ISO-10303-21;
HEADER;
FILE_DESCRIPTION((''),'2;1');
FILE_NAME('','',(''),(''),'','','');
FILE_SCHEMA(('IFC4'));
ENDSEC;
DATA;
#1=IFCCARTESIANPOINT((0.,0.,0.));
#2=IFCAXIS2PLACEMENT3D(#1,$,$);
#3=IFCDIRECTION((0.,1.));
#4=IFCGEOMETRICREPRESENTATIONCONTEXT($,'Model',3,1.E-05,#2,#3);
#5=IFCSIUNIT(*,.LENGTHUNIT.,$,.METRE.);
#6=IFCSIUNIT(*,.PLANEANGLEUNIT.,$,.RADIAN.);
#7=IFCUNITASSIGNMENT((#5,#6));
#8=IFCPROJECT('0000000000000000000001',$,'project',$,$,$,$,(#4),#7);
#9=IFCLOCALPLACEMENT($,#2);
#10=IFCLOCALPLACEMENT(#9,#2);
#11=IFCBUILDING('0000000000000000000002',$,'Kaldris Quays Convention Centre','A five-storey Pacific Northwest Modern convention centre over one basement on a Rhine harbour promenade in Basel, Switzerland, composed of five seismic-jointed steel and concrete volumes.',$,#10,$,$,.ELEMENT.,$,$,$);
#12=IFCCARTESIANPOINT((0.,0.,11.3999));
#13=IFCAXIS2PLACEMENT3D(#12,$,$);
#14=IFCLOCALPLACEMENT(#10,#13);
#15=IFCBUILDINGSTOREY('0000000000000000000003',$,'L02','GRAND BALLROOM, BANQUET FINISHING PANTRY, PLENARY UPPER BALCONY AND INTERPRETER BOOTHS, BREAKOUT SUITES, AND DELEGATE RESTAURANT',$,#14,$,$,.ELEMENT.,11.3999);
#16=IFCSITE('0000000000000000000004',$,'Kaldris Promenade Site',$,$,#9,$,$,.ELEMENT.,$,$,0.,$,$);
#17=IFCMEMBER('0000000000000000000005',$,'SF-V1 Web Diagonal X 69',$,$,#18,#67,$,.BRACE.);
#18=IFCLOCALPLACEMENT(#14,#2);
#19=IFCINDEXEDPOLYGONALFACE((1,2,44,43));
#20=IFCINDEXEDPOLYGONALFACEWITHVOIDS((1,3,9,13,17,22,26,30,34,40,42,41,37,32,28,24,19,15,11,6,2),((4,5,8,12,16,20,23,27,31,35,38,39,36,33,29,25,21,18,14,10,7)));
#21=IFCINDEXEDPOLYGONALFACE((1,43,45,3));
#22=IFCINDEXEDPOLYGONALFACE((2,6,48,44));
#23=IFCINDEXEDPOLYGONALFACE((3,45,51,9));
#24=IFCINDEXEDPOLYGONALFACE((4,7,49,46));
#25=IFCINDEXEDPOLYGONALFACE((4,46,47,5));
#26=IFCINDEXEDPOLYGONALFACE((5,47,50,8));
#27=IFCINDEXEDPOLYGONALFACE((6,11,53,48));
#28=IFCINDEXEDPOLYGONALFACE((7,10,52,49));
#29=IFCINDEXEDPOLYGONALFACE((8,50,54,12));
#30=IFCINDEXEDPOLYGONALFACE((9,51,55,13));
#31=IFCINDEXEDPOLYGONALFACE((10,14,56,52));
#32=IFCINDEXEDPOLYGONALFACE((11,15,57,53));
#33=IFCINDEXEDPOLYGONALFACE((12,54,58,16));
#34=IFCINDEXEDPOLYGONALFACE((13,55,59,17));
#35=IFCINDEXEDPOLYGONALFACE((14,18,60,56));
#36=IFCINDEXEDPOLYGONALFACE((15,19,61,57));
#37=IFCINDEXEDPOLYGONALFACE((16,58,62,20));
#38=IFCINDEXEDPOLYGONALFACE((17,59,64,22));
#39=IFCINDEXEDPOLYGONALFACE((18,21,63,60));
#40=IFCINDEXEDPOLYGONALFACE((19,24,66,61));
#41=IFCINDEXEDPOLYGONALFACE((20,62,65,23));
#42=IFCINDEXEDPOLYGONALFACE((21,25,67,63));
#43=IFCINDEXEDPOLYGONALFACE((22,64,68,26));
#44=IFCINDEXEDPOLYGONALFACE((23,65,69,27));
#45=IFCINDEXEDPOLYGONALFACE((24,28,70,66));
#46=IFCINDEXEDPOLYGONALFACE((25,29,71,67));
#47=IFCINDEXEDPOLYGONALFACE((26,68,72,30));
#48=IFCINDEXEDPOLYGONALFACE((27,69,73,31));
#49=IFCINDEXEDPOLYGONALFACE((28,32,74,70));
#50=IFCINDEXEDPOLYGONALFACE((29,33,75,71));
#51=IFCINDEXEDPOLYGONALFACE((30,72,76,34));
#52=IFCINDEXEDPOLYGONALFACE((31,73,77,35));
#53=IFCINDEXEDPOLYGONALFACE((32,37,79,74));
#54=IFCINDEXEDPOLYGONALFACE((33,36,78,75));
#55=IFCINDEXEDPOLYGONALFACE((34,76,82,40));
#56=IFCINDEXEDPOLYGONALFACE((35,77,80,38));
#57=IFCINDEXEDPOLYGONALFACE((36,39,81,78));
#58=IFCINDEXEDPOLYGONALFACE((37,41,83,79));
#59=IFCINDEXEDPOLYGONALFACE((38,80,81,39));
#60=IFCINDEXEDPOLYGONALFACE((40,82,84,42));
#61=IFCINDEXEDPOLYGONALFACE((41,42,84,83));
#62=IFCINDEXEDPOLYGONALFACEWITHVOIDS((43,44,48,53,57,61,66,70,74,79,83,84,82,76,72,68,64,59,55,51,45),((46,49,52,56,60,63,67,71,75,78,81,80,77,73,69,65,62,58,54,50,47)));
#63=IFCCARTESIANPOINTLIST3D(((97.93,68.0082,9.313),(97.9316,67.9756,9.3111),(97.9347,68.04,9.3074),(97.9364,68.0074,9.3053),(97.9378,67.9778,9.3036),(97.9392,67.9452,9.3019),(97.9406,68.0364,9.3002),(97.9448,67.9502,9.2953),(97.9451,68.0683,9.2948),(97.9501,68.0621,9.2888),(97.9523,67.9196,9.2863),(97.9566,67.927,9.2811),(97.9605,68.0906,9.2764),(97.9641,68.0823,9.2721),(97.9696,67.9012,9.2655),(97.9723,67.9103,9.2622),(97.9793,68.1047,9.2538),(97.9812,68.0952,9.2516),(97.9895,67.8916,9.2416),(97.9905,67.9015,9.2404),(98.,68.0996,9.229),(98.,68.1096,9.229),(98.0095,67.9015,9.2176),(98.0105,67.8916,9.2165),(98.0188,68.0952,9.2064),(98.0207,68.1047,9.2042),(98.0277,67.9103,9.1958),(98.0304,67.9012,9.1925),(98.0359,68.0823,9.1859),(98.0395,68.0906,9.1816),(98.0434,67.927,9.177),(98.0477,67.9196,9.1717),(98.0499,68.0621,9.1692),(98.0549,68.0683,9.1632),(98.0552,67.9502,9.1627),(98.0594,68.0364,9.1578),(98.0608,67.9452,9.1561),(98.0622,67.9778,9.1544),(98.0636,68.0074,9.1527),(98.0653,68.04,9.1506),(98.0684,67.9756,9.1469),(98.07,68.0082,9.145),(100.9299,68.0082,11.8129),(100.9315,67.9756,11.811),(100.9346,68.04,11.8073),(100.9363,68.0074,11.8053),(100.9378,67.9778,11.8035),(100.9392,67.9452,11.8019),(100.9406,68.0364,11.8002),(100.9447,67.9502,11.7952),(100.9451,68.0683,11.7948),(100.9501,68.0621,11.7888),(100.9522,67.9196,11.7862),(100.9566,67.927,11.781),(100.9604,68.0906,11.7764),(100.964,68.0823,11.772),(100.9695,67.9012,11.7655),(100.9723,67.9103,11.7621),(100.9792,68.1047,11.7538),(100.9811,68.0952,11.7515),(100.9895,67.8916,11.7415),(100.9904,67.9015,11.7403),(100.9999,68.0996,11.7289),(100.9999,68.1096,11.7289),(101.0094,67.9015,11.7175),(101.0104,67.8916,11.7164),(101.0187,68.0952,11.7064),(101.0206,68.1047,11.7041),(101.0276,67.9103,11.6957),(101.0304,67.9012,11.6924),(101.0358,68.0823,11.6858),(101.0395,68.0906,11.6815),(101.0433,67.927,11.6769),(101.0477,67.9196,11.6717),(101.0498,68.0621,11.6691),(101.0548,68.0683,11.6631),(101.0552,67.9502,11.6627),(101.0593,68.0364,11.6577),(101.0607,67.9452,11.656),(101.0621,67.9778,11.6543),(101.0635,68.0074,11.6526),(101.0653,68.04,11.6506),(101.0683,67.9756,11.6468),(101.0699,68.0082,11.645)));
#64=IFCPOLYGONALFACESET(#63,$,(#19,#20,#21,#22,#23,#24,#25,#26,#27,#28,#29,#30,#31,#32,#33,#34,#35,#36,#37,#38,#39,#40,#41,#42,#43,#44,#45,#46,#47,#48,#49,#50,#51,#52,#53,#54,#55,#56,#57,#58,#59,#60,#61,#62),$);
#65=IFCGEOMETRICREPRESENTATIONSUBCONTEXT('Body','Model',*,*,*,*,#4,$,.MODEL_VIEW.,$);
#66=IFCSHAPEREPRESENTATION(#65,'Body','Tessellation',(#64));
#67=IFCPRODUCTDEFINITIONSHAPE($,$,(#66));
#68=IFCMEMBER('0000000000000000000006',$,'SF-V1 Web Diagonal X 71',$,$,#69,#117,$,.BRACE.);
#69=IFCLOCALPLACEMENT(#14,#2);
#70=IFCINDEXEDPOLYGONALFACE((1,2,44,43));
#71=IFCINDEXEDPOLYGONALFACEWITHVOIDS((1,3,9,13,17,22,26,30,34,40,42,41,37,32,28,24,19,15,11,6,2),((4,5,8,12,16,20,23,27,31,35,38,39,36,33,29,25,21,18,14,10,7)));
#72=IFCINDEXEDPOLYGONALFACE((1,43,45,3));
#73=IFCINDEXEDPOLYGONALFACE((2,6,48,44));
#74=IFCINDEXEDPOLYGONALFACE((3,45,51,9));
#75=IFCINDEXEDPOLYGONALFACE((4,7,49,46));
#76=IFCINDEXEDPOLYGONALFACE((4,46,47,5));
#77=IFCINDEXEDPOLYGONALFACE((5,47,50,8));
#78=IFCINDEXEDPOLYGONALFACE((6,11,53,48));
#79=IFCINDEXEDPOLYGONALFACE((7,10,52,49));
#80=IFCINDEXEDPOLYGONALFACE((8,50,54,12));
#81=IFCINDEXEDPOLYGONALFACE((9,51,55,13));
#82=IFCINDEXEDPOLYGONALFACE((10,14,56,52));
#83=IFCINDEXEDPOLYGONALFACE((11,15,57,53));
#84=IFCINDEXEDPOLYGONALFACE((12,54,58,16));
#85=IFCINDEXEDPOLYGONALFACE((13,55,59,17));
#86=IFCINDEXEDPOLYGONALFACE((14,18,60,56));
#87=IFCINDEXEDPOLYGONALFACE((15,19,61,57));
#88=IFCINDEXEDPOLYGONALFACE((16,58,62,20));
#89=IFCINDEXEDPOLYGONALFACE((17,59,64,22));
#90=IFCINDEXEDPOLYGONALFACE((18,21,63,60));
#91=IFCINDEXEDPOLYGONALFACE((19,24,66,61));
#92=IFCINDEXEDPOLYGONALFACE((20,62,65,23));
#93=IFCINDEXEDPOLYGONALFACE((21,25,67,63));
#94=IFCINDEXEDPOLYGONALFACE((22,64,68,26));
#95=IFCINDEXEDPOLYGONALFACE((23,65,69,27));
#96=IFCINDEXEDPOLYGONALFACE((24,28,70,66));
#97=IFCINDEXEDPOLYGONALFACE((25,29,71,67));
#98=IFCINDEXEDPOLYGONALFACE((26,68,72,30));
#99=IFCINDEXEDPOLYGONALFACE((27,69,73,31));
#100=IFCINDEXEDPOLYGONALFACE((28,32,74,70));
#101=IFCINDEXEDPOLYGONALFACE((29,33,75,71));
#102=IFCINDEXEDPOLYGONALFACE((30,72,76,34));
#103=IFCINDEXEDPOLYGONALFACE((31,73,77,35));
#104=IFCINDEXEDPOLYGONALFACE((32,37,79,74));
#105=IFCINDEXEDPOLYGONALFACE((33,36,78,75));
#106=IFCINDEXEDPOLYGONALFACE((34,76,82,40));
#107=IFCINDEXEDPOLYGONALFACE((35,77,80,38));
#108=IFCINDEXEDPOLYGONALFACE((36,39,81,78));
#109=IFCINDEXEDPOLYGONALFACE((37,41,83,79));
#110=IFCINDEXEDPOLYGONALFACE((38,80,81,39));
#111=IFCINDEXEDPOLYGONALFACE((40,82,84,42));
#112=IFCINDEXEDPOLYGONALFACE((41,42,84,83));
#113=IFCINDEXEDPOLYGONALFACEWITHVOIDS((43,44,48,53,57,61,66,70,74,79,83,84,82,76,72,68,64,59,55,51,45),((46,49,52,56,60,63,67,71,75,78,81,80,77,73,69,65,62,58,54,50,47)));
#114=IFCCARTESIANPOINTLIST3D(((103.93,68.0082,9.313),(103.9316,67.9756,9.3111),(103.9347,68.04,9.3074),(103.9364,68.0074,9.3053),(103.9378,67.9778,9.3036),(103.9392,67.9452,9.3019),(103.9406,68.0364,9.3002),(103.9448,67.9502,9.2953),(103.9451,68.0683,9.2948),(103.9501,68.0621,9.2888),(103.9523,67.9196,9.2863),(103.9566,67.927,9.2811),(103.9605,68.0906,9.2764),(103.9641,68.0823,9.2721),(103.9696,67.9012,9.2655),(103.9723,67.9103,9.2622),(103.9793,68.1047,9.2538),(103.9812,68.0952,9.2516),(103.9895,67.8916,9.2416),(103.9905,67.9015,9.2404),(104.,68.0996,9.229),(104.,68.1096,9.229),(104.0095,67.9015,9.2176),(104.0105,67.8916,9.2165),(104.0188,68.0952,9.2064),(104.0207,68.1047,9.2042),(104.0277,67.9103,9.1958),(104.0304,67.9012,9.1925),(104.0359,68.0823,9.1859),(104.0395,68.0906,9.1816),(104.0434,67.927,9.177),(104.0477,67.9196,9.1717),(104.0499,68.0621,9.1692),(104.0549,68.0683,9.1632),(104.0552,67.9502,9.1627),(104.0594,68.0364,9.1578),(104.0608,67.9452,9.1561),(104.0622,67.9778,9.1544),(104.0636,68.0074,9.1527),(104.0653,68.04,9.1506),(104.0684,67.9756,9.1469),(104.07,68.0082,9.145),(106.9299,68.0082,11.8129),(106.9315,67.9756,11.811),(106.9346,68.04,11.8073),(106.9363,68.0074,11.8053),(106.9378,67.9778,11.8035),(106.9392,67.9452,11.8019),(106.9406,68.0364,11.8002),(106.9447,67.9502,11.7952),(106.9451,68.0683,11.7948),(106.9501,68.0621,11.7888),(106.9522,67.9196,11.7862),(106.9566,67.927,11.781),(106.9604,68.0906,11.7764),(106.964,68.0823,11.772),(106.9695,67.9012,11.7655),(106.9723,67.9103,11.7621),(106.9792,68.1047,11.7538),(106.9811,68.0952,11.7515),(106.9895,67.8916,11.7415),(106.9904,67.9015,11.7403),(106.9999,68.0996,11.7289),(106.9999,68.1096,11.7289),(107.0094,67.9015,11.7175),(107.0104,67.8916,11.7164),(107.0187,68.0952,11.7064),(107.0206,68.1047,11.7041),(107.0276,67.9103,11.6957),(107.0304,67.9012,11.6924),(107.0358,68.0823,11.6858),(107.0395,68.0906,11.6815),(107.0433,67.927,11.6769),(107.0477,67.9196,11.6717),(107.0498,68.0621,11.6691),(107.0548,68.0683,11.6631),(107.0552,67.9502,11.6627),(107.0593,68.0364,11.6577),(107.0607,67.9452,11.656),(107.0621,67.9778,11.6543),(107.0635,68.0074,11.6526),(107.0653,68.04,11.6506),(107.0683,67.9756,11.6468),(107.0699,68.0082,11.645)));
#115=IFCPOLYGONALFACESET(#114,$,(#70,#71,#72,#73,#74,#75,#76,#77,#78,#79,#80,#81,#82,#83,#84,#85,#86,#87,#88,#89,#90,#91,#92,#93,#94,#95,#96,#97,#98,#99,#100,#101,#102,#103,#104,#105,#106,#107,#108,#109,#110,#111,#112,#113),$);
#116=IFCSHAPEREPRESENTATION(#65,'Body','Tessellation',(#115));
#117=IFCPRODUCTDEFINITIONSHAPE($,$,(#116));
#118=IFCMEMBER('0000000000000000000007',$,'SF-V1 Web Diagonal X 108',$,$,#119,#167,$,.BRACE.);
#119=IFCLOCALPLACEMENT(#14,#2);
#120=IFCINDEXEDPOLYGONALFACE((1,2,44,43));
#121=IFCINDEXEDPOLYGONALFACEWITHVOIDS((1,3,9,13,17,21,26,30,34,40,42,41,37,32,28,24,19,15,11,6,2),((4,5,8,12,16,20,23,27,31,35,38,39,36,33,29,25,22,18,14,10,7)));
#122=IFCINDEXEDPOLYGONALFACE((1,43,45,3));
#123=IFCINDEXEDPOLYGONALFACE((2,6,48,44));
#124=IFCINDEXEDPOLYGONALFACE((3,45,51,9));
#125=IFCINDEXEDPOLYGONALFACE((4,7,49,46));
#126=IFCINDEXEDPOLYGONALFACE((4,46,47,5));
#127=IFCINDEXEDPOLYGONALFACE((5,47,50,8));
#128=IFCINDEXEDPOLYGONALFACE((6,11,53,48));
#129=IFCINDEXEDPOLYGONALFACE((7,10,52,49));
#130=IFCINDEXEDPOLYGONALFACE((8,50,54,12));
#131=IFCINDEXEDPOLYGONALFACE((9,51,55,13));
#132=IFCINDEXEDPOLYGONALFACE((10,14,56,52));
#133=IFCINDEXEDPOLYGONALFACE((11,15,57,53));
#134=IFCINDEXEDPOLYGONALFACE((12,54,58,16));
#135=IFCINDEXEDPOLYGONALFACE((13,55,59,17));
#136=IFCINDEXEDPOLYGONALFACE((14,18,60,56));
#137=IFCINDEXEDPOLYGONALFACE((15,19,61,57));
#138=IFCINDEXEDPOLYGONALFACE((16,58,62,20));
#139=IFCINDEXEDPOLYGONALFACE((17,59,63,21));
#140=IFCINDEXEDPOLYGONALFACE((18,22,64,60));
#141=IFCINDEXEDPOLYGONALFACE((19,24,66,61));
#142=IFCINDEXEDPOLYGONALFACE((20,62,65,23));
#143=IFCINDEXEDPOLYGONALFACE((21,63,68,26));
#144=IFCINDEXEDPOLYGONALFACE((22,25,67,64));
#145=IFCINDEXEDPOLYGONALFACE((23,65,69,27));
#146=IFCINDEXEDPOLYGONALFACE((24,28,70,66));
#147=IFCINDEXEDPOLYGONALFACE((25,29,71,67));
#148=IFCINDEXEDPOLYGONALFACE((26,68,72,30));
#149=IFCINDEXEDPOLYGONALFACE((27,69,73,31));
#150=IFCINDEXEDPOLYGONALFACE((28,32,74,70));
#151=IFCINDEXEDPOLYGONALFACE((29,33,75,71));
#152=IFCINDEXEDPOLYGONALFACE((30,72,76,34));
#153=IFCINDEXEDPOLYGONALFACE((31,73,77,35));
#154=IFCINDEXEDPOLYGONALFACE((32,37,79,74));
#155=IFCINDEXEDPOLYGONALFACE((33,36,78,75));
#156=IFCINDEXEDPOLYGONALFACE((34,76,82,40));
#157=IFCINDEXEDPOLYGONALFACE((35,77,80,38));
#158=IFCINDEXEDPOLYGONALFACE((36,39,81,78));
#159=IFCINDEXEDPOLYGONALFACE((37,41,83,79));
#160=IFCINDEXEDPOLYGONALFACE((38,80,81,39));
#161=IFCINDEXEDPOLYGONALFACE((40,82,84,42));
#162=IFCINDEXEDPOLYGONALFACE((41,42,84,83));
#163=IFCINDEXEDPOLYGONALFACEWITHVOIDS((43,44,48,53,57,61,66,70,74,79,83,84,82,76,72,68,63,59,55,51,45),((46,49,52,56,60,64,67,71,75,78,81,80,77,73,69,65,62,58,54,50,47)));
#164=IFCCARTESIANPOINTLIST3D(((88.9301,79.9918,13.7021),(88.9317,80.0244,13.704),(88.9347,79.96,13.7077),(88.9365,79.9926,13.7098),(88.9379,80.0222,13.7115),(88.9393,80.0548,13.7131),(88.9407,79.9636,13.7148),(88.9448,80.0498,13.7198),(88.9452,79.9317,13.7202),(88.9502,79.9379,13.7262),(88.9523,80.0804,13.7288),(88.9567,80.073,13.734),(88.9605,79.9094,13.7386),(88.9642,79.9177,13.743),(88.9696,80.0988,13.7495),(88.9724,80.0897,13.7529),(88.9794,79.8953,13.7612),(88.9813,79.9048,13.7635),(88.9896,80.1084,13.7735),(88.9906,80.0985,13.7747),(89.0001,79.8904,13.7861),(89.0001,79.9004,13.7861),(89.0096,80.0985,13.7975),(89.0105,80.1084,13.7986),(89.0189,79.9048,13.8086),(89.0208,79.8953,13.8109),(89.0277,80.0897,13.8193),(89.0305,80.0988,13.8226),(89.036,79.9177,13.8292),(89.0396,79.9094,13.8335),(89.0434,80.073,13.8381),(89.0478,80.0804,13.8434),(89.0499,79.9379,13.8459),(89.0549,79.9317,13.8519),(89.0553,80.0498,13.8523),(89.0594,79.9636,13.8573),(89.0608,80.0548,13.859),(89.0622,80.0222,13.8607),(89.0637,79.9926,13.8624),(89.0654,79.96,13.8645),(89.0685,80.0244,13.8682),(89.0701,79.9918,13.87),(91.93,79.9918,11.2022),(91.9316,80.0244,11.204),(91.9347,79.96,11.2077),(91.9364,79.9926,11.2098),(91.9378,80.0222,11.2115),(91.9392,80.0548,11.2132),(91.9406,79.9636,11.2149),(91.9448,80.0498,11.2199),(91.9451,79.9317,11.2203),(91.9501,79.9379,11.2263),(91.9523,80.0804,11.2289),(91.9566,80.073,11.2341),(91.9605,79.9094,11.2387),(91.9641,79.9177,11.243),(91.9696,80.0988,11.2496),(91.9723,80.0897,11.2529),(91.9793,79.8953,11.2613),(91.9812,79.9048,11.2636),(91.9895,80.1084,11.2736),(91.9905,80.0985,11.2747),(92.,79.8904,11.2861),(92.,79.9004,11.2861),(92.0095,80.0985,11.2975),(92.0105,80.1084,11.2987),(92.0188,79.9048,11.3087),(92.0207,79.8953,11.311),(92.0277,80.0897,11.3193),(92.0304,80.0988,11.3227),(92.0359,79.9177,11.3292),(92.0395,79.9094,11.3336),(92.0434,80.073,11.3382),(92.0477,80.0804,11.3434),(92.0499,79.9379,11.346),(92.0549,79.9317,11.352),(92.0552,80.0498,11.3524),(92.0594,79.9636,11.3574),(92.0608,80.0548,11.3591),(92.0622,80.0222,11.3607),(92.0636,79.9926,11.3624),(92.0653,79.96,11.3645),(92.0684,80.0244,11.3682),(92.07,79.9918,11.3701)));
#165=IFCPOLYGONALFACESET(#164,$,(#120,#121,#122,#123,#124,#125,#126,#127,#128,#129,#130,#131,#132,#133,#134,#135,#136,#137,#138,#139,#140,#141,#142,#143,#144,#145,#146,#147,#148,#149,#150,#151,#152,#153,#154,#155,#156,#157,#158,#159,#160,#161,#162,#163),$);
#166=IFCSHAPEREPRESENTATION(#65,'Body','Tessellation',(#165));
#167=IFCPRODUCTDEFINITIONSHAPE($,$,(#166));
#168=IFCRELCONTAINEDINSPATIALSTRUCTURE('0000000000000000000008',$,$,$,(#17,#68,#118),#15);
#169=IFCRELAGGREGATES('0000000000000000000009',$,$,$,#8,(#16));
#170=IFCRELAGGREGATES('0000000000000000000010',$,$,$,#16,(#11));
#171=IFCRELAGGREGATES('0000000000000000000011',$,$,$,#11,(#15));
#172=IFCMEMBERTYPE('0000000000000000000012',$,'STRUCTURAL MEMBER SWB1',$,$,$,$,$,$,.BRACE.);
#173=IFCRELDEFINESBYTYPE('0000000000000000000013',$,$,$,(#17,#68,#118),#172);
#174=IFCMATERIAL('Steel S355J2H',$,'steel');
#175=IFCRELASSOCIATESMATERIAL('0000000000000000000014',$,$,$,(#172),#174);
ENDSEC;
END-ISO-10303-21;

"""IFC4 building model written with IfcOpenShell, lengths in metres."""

from ifc_helpers import new_model, si_unit, direction, frame, origin, origin_2d, place, context, subcontext, project, spatial, hollow_circle, extrude, material, material_profile, profile_set, type_object, element, save


model = new_model("IFC4")

# Units and contexts
model_context = context("Model", 3, precision=1e-05, world=origin(), true_north=direction((0.0, 1.0)))
body_context = subcontext(model_context, "Body", "Model", "MODEL_VIEW")
ifc_project = project(units=[si_unit("LENGTHUNIT", "METRE"), si_unit("PLANEANGLEUNIT", "RADIAN")], contexts=[model_context])

# Site, building, storey
site_placement = place(None, origin())
site = spatial("IfcSite", under=ifc_project, at=site_placement, Name="Kaldris Promenade Site", CompositionType="ELEMENT", RefElevation=0.0)
building_placement = place(site_placement, origin())
building = spatial("IfcBuilding", under=site, at=building_placement, Name="Kaldris Quays Convention Centre", Description="A five-storey Pacific Northwest Modern convention centre over one basement on a Rhine harbour promenade in Basel, Switzerland, composed of five seismic-jointed steel and concrete volumes.", CompositionType="ELEMENT")
storey_placement = place(building_placement, frame((0.0, 0.0, 11.3999)))
storey = spatial("IfcBuildingStorey", under=building, at=storey_placement, Name="L02", Description="GRAND BALLROOM, BANQUET FINISHING PANTRY, PLENARY UPPER BALCONY AND INTERPRETER BOOTHS, BREAKOUT SUITES, AND DELEGATE RESTAURANT", CompositionType="ELEMENT", Elevation=11.3999)

# Members
ifc_material_1 = material(Name="Steel S355J2H", Category="steel")
ifc_material_profile_1 = material_profile(ifc_material_1, hollow_circle(Radius=0.1096, WallThickness=0.01, at=origin_2d()), Name="CHS 219.1x10")
ifc_profile_set_1 = profile_set([ifc_material_profile_1], Name="Steel S355J2H")
member_type_1 = type_object("IfcMemberType", Name="STRUCTURAL MEMBER SWB1", PredefinedType="BRACE", material=ifc_profile_set_1)
for number, where, z_axis, x_axis, name in (
    (1, (98.0, 68.0, 9.229), (0.768221, 0.0, 0.640184), (0.0, 1.0, 0.0), "SF-V1 Web Diagonal X 69"),
    (2, (104.0, 68.0, 9.229), (0.768221, 0.0, 0.640184), (0.0, 1.0, 0.0), "SF-V1 Web Diagonal X 71"),
    (3, (92.0, 80.0, 11.2861), (-0.768221, 0.0, 0.640184), (0.0, -1.0, 0.0), "SF-V1 Web Diagonal X 108"),
):
    element("IfcMember", number, at=place(storey_placement, frame(where, z_axis=z_axis, x_axis=x_axis)), inside=storey, type_object=member_type_1, Name=name, PredefinedType="BRACE", context=body_context, shape_type="SweptSolid", body=[
        extrude(hollow_circle(Radius=0.1096, WallThickness=0.01, at=origin_2d()), origin(), (0.0, 0.0, 1.0), 3.905),
    ])

save(model, "model.ifc")
